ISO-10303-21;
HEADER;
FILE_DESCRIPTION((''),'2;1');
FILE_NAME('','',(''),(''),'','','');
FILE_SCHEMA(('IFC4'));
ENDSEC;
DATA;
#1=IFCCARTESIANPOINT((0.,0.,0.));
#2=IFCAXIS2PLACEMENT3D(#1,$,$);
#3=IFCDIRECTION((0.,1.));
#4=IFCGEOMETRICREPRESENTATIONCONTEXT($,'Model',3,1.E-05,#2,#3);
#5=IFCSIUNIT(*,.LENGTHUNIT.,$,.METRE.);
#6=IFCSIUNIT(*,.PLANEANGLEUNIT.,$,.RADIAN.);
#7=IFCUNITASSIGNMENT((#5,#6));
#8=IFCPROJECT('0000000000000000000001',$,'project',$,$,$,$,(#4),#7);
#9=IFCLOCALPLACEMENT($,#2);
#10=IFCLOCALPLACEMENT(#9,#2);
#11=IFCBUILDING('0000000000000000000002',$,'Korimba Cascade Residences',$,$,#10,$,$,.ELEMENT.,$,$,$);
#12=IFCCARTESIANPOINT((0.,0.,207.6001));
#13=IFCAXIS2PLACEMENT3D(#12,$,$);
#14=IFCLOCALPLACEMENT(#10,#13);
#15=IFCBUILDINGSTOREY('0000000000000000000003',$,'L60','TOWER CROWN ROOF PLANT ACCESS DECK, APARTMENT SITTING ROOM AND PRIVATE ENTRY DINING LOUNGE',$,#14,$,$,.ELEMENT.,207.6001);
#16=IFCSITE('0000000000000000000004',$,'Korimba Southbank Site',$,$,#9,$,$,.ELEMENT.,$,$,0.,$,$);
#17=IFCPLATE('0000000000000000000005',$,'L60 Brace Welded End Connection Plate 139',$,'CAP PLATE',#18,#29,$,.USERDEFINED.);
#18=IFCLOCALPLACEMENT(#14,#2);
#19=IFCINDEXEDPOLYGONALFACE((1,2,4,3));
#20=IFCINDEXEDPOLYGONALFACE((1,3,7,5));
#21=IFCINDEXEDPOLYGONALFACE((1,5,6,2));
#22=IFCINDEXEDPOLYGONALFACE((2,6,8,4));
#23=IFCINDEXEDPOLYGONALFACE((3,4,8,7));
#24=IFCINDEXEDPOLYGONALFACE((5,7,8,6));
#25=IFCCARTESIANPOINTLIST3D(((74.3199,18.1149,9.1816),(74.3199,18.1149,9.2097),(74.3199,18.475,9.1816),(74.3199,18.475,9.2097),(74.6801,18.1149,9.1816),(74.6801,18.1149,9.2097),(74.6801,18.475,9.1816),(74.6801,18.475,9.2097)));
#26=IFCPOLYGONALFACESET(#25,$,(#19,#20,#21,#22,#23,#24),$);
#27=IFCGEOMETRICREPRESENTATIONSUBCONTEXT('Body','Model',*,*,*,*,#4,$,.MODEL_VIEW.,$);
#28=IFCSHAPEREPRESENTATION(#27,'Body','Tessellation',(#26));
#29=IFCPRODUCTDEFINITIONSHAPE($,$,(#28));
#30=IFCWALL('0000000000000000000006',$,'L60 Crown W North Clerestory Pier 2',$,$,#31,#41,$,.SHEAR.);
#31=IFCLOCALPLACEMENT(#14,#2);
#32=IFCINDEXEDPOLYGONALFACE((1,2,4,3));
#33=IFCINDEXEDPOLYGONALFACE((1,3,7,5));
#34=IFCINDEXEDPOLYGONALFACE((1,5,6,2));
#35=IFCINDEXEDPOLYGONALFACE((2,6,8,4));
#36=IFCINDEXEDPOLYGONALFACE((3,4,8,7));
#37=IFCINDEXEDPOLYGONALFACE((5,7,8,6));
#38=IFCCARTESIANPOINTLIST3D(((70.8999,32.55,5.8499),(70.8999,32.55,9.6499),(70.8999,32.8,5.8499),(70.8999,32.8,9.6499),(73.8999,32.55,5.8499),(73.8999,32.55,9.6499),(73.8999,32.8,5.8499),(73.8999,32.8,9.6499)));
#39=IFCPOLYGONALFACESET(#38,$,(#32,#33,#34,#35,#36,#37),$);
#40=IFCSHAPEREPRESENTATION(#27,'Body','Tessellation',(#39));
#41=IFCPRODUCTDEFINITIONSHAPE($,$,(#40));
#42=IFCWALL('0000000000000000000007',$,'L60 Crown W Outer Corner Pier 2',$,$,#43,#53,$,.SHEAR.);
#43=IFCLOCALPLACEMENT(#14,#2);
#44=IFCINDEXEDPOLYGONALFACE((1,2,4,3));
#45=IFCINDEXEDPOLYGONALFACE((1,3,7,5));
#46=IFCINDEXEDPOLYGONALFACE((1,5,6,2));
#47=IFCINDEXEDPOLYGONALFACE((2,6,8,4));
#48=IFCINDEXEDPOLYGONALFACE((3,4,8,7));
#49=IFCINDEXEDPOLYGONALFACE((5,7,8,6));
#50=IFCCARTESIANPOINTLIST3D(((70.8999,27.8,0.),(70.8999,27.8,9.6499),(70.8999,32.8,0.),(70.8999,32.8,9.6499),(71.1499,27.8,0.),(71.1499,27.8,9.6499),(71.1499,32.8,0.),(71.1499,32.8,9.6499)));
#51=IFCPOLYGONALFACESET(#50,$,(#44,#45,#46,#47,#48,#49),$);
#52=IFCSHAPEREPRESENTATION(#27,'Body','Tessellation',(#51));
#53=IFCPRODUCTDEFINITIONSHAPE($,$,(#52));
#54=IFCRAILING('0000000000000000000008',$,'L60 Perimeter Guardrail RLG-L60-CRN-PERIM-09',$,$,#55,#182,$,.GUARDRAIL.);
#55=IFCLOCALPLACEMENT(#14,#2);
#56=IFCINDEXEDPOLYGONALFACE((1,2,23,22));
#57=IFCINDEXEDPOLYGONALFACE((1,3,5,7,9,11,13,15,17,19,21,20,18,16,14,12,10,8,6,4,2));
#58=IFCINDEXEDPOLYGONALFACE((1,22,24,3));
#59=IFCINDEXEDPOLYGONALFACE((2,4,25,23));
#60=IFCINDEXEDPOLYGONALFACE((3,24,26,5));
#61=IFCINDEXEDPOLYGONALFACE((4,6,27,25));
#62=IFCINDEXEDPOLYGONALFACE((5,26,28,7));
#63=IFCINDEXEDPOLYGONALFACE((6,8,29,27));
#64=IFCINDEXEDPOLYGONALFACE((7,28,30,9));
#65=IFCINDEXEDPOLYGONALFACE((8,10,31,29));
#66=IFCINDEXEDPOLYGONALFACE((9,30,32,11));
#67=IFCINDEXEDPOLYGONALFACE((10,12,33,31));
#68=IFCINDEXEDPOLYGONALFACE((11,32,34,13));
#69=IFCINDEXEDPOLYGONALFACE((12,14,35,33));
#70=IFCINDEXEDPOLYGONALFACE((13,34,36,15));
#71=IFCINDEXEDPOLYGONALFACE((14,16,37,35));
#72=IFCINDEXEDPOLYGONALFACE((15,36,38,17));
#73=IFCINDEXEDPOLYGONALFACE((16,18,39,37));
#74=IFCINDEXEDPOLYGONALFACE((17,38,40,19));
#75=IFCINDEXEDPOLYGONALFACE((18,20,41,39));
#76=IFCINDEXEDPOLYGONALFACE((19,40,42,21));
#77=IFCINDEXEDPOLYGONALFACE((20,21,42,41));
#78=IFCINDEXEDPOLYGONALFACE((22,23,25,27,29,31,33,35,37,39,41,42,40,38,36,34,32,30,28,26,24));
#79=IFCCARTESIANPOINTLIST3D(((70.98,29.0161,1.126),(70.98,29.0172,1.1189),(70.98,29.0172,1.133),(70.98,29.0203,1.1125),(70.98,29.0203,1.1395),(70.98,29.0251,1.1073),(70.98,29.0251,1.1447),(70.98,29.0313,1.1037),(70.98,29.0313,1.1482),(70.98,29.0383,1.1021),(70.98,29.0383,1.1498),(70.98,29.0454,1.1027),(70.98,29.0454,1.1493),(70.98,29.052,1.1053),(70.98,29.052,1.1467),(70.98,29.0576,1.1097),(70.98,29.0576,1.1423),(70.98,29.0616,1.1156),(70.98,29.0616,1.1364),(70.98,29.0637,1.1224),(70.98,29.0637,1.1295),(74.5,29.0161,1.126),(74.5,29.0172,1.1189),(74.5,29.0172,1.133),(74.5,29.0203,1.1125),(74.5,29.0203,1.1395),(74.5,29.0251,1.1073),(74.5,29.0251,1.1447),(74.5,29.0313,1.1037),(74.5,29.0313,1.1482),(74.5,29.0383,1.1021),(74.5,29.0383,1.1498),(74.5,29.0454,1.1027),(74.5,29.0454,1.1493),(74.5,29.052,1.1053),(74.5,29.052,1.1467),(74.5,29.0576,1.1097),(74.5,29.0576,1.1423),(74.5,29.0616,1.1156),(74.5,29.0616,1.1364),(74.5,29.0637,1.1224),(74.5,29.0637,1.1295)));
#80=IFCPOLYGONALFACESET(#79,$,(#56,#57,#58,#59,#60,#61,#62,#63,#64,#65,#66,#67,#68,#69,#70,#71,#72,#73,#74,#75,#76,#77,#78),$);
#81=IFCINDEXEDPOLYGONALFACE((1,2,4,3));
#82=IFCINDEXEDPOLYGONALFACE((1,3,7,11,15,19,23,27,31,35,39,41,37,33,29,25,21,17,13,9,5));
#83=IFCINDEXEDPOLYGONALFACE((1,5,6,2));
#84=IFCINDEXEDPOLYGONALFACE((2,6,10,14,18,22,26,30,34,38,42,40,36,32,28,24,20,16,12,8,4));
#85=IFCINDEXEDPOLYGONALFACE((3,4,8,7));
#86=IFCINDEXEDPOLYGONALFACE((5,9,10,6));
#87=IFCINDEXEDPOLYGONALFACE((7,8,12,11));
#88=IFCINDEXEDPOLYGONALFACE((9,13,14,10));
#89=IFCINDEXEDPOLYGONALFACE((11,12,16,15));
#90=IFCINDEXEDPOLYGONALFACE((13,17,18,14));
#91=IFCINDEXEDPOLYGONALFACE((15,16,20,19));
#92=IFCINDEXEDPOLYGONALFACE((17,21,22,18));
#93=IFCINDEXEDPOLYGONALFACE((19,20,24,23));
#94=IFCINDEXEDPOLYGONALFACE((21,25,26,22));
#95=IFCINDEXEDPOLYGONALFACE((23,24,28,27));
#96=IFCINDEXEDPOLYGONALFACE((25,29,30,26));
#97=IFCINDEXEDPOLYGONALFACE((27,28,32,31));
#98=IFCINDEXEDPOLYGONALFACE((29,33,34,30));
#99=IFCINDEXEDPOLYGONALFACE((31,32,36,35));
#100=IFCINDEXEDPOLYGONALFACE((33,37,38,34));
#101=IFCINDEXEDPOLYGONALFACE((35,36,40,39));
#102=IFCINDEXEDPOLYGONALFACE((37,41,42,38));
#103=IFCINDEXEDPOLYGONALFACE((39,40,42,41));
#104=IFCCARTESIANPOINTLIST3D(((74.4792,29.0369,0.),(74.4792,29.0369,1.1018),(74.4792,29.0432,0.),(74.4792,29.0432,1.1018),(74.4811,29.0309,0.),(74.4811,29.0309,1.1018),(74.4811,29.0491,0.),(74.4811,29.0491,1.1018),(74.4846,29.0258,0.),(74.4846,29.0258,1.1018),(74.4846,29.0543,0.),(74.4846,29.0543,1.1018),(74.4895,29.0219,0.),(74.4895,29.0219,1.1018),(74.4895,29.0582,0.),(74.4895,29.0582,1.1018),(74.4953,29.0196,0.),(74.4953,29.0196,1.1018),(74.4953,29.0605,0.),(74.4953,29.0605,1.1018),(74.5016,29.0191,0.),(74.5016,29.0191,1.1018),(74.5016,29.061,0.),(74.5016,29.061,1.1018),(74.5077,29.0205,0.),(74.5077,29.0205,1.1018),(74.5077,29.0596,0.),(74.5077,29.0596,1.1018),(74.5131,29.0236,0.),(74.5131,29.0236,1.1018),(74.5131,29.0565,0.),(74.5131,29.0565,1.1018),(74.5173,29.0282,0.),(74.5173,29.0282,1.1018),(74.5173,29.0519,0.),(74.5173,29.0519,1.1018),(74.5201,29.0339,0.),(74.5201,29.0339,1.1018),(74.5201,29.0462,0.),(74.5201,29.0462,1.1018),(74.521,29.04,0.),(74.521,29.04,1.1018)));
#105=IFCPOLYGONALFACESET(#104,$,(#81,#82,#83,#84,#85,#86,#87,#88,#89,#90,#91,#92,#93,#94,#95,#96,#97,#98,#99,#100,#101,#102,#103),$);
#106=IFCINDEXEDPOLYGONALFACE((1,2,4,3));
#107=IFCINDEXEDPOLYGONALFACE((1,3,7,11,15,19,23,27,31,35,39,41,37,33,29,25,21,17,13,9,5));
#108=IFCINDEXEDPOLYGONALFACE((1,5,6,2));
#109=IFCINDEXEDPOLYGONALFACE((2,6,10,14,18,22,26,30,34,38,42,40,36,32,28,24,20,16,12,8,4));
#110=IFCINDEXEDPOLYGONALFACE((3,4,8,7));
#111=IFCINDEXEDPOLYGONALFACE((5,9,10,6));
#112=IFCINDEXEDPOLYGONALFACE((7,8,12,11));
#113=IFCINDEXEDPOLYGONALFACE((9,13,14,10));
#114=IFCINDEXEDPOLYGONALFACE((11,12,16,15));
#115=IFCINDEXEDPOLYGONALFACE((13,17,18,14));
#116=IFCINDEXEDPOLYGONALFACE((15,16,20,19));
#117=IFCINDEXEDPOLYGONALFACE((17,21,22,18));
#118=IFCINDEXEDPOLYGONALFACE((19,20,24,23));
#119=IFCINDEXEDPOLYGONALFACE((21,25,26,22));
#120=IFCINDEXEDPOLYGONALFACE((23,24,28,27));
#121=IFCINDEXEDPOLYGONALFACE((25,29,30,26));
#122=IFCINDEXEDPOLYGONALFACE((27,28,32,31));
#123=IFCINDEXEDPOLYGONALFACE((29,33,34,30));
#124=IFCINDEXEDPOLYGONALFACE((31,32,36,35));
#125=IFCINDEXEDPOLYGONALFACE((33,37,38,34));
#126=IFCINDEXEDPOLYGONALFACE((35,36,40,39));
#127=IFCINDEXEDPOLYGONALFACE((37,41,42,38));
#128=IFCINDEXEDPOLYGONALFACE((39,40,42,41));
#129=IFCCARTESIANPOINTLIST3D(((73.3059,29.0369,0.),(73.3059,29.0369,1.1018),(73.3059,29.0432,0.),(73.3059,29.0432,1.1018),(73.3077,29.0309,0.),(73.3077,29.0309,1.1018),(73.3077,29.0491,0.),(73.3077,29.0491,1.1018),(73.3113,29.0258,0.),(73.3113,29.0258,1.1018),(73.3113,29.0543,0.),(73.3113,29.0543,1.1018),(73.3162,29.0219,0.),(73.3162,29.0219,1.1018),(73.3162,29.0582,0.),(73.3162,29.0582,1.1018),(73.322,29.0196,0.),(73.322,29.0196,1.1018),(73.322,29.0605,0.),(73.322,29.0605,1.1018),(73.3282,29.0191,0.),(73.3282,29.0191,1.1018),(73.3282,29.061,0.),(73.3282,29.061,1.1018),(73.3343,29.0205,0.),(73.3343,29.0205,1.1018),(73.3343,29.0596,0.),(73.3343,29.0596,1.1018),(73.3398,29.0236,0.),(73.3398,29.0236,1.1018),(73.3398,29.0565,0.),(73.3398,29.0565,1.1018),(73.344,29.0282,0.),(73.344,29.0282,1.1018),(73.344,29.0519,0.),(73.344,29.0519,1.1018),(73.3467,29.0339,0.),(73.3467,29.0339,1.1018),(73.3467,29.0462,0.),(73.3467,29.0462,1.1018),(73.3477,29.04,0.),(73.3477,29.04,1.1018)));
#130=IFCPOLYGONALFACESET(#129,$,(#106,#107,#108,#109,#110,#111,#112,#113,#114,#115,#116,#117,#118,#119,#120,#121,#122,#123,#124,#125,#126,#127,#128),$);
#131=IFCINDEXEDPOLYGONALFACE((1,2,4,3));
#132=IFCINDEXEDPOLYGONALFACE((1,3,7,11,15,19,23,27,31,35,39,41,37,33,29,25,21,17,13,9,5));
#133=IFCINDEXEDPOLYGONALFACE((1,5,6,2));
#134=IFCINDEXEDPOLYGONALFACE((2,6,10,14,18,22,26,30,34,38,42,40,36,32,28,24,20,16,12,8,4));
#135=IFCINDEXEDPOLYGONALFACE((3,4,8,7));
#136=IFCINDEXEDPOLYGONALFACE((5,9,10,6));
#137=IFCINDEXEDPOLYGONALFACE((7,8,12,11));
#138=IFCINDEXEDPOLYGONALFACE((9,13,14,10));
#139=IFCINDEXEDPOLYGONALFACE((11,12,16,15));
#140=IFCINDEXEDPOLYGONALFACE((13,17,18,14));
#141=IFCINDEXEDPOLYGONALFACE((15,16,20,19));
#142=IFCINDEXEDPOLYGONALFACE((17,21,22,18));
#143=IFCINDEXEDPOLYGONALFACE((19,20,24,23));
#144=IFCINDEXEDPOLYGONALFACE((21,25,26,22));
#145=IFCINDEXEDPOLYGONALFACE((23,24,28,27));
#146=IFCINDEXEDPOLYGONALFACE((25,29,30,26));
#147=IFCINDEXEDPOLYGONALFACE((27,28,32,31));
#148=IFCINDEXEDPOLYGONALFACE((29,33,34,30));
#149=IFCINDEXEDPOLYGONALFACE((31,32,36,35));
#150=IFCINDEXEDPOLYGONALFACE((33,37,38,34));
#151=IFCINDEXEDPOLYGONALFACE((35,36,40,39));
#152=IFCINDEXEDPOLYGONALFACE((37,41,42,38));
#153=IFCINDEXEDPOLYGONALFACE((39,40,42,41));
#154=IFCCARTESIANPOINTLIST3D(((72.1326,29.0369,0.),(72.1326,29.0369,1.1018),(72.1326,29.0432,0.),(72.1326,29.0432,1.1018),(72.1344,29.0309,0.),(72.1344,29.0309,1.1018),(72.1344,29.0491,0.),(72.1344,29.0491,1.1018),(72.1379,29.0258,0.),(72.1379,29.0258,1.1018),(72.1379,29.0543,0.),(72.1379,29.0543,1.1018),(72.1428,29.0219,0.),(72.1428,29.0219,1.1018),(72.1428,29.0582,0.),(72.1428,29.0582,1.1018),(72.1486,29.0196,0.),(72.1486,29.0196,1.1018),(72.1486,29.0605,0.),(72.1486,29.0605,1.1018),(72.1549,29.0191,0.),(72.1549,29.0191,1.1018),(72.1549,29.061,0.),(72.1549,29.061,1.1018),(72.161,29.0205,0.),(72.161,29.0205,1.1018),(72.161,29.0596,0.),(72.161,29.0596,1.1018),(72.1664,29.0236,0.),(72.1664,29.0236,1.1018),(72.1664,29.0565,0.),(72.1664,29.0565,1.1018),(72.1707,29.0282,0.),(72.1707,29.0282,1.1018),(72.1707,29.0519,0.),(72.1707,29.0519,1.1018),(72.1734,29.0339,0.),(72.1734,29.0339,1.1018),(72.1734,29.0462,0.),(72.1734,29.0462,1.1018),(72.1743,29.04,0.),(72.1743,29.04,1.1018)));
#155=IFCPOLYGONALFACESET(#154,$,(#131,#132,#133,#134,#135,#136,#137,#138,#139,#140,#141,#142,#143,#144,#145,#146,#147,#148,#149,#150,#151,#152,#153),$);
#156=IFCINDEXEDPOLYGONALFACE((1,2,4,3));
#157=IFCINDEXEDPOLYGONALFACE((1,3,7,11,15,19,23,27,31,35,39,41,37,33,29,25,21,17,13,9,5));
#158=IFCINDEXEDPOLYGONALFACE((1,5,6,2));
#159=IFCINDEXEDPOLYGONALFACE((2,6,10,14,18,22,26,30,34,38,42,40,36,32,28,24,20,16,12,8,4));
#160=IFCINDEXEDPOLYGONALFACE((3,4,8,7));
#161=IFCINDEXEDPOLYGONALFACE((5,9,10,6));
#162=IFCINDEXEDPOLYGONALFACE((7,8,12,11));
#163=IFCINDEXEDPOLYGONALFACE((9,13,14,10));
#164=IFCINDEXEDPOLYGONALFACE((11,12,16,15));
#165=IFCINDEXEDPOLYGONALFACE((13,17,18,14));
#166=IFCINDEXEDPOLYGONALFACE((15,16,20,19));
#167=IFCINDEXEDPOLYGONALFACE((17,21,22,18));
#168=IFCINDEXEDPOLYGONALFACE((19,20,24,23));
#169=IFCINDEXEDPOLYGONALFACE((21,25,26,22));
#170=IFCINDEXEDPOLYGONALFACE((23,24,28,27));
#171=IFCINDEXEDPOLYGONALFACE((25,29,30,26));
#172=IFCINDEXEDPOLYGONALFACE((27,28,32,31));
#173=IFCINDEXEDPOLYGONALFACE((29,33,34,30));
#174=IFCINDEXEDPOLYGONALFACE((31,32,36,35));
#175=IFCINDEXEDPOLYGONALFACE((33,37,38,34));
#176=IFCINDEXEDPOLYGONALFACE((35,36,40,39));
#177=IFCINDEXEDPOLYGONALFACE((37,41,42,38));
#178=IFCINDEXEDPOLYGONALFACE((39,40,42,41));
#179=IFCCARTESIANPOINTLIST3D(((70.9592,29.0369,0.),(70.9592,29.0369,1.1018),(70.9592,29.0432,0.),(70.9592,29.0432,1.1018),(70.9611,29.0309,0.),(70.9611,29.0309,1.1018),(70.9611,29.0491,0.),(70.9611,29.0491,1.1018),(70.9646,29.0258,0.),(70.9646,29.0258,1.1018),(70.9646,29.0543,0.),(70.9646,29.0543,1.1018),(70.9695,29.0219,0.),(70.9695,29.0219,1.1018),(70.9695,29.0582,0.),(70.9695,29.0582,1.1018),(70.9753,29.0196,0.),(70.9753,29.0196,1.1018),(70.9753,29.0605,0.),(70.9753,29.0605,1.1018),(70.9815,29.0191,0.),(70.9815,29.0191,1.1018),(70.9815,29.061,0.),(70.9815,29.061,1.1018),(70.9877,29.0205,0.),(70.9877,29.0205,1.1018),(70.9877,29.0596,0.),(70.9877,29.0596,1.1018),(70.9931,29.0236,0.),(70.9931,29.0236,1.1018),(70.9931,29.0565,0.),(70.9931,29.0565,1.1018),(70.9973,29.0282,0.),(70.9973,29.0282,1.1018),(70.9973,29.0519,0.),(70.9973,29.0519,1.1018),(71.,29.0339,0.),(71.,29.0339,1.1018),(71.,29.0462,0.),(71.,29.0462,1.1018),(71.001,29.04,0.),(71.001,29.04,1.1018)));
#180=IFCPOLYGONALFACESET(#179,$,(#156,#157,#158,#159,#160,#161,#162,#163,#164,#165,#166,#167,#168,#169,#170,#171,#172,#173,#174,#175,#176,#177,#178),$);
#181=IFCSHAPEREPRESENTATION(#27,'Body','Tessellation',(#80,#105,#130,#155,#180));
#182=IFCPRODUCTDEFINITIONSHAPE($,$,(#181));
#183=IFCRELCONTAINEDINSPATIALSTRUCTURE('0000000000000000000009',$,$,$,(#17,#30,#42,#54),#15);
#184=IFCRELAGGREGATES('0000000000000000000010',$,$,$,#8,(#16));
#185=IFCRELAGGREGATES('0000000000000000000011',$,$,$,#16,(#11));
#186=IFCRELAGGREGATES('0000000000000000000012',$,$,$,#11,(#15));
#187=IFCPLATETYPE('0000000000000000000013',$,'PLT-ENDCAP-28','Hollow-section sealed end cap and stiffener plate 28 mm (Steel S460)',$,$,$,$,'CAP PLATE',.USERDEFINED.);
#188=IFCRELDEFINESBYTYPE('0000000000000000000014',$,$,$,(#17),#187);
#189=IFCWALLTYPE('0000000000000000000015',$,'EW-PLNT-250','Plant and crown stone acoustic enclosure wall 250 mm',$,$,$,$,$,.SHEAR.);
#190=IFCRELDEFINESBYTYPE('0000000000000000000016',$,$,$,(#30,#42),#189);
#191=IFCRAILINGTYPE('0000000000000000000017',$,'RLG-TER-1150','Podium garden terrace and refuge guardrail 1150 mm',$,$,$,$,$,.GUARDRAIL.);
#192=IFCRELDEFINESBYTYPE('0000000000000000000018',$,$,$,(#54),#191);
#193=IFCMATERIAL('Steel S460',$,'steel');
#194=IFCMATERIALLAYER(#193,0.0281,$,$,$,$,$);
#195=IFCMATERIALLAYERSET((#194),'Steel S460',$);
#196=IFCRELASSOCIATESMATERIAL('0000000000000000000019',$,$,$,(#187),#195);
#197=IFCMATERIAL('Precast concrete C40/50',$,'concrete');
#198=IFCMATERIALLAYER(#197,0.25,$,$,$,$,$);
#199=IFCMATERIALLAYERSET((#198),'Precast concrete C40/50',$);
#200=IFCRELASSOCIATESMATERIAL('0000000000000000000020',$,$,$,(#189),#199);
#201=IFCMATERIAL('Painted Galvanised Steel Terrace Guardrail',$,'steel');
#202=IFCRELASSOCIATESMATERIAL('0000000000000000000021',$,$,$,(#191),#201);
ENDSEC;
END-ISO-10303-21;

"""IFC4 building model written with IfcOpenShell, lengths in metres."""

from ifc_helpers import new_model, si_unit, direction, frame, frame_2d, origin, origin_2d, place, context, subcontext, project, spatial, rectangle, circle, extrude, material, layer, layer_set, type_object, element, save


model = new_model("IFC4")

# Units and contexts
model_context = context("Model", 3, precision=1e-05, world=origin(), true_north=direction((0.0, 1.0)))
body_context = subcontext(model_context, "Body", "Model", "MODEL_VIEW")
ifc_project = project(units=[si_unit("LENGTHUNIT", "METRE"), si_unit("PLANEANGLEUNIT", "RADIAN")], contexts=[model_context])

# Site, building, storey
site_placement = place(None, origin())
site = spatial("IfcSite", under=ifc_project, at=site_placement, Name="Korimba Southbank Site", CompositionType="ELEMENT", RefElevation=0.0)
building_placement = place(site_placement, origin())
building = spatial("IfcBuilding", under=site, at=building_placement, Name="Korimba Cascade Residences", CompositionType="ELEMENT")
storey_placement = place(building_placement, frame((0.0, 0.0, 207.6001)))
storey = spatial("IfcBuildingStorey", under=building, at=storey_placement, Name="L60", Description="TOWER CROWN ROOF PLANT ACCESS DECK, APARTMENT SITTING ROOM AND PRIVATE ENTRY DINING LOUNGE", CompositionType="ELEMENT", Elevation=207.6001)

# Plate
ifc_material_1 = material(Name="Steel S460", Category="steel")
ifc_layer_1 = layer(ifc_material_1, 0.0281)
ifc_layer_set_1 = layer_set([ifc_layer_1], Name="Steel S460")
plate_type_1 = type_object("IfcPlateType", Name="PLT-ENDCAP-28", Description="Hollow-section sealed end cap and stiffener plate 28 mm (Steel S460)", ElementType="CAP PLATE", PredefinedType="USERDEFINED", material=ifc_layer_set_1)
for number, where, z_axis, x_axis, name in (
    (1, (74.5, 18.2949, 9.1816), (0.0, 0.0, 1.0), (1.0, 0.0, 0.0), "L60 Brace Welded End Connection Plate 139"),
):
    element("IfcPlate", number, at=place(storey_placement, frame(where, z_axis=z_axis, x_axis=x_axis)), inside=storey, type_object=plate_type_1, Name=name, ObjectType="CAP PLATE", PredefinedType="USERDEFINED", context=body_context, shape_type="SweptSolid", body=[
        extrude(rectangle(XDim=0.3601, YDim=0.3601, at=origin_2d()), origin(), (0.0, 0.0, 1.0), 0.0281),
    ])

# Walls
ifc_material_2 = material(Name="Precast concrete C40/50", Category="concrete")
ifc_layer_2 = layer(ifc_material_2, 0.25)
ifc_layer_set_2 = layer_set([ifc_layer_2], Name="Precast concrete C40/50")
wall_type = type_object("IfcWallType", Name="EW-PLNT-250", Description="Plant and crown stone acoustic enclosure wall 250 mm", PredefinedType="SHEAR", material=ifc_layer_set_2)
wall_1_placement = place(storey_placement, frame((73.8999, 32.675, 5.8499), z_axis=(0.0, 0.0, 1.0), x_axis=(-1.0, 0.0, 0.0)))
element("IfcWall", 2, at=wall_1_placement, inside=storey, type_object=wall_type, Name="L60 Crown W North Clerestory Pier 2", PredefinedType="SHEAR", context=body_context, shape_type="SweptSolid", body=[
    extrude(rectangle(XDim=3.0, YDim=0.25, at=frame_2d((1.5, 0.0))), origin(), (0.0, 0.0, 1.0), 3.8),
])
wall_2_placement = place(storey_placement, frame((71.0249, 27.8, 0.0), z_axis=(0.0, 0.0, 1.0), x_axis=(0.0, 1.0, 0.0)))
element("IfcWall", 3, at=wall_2_placement, inside=storey, type_object=wall_type, Name="L60 Crown W Outer Corner Pier 2", PredefinedType="SHEAR", context=body_context, shape_type="SweptSolid", body=[
    extrude(rectangle(XDim=5.0, YDim=0.25, at=frame_2d((2.5, 0.0))), origin(), (0.0, 0.0, 1.0), 9.6499),
])

# Railing
ifc_material_3 = material(Name="Painted Galvanised Steel Terrace Guardrail", Category="steel")
railing_type = type_object("IfcRailingType", Name="RLG-TER-1150", Description="Podium garden terrace and refuge guardrail 1150 mm", PredefinedType="GUARDRAIL", material=ifc_material_3)
railing_1_placement = place(storey_placement, frame((74.5, 29.04, 0.0)))
element("IfcRailing", 4, at=railing_1_placement, inside=storey, type_object=railing_type, Name="L60 Perimeter Guardrail RLG-L60-CRN-PERIM-09", PredefinedType="GUARDRAIL", context=body_context, shape_type="SweptSolid", body=[
    extrude(circle(Radius=0.0239, at=origin_2d()), frame((0.0, 0.0, 1.126), z_axis=(-1.0, 0.0, 0.0), x_axis=(0.0, -1.0, 0.0)), (0.0, 0.0, 1.0), 3.52),
    extrude(circle(Radius=0.021, at=origin_2d()), origin(), (0.0, 0.0, 1.0), 1.1018),
    extrude(circle(Radius=0.021, at=origin_2d()), frame((-1.1733, 0.0, 0.0)), (0.0, 0.0, 1.0), 1.1018),
    extrude(circle(Radius=0.021, at=origin_2d()), frame((-2.3467, 0.0, 0.0)), (0.0, 0.0, 1.0), 1.1018),
    extrude(circle(Radius=0.021, at=origin_2d()), frame((-3.52, 0.0, 0.0)), (0.0, 0.0, 1.0), 1.1018),
])

save(model, "model.ifc")
